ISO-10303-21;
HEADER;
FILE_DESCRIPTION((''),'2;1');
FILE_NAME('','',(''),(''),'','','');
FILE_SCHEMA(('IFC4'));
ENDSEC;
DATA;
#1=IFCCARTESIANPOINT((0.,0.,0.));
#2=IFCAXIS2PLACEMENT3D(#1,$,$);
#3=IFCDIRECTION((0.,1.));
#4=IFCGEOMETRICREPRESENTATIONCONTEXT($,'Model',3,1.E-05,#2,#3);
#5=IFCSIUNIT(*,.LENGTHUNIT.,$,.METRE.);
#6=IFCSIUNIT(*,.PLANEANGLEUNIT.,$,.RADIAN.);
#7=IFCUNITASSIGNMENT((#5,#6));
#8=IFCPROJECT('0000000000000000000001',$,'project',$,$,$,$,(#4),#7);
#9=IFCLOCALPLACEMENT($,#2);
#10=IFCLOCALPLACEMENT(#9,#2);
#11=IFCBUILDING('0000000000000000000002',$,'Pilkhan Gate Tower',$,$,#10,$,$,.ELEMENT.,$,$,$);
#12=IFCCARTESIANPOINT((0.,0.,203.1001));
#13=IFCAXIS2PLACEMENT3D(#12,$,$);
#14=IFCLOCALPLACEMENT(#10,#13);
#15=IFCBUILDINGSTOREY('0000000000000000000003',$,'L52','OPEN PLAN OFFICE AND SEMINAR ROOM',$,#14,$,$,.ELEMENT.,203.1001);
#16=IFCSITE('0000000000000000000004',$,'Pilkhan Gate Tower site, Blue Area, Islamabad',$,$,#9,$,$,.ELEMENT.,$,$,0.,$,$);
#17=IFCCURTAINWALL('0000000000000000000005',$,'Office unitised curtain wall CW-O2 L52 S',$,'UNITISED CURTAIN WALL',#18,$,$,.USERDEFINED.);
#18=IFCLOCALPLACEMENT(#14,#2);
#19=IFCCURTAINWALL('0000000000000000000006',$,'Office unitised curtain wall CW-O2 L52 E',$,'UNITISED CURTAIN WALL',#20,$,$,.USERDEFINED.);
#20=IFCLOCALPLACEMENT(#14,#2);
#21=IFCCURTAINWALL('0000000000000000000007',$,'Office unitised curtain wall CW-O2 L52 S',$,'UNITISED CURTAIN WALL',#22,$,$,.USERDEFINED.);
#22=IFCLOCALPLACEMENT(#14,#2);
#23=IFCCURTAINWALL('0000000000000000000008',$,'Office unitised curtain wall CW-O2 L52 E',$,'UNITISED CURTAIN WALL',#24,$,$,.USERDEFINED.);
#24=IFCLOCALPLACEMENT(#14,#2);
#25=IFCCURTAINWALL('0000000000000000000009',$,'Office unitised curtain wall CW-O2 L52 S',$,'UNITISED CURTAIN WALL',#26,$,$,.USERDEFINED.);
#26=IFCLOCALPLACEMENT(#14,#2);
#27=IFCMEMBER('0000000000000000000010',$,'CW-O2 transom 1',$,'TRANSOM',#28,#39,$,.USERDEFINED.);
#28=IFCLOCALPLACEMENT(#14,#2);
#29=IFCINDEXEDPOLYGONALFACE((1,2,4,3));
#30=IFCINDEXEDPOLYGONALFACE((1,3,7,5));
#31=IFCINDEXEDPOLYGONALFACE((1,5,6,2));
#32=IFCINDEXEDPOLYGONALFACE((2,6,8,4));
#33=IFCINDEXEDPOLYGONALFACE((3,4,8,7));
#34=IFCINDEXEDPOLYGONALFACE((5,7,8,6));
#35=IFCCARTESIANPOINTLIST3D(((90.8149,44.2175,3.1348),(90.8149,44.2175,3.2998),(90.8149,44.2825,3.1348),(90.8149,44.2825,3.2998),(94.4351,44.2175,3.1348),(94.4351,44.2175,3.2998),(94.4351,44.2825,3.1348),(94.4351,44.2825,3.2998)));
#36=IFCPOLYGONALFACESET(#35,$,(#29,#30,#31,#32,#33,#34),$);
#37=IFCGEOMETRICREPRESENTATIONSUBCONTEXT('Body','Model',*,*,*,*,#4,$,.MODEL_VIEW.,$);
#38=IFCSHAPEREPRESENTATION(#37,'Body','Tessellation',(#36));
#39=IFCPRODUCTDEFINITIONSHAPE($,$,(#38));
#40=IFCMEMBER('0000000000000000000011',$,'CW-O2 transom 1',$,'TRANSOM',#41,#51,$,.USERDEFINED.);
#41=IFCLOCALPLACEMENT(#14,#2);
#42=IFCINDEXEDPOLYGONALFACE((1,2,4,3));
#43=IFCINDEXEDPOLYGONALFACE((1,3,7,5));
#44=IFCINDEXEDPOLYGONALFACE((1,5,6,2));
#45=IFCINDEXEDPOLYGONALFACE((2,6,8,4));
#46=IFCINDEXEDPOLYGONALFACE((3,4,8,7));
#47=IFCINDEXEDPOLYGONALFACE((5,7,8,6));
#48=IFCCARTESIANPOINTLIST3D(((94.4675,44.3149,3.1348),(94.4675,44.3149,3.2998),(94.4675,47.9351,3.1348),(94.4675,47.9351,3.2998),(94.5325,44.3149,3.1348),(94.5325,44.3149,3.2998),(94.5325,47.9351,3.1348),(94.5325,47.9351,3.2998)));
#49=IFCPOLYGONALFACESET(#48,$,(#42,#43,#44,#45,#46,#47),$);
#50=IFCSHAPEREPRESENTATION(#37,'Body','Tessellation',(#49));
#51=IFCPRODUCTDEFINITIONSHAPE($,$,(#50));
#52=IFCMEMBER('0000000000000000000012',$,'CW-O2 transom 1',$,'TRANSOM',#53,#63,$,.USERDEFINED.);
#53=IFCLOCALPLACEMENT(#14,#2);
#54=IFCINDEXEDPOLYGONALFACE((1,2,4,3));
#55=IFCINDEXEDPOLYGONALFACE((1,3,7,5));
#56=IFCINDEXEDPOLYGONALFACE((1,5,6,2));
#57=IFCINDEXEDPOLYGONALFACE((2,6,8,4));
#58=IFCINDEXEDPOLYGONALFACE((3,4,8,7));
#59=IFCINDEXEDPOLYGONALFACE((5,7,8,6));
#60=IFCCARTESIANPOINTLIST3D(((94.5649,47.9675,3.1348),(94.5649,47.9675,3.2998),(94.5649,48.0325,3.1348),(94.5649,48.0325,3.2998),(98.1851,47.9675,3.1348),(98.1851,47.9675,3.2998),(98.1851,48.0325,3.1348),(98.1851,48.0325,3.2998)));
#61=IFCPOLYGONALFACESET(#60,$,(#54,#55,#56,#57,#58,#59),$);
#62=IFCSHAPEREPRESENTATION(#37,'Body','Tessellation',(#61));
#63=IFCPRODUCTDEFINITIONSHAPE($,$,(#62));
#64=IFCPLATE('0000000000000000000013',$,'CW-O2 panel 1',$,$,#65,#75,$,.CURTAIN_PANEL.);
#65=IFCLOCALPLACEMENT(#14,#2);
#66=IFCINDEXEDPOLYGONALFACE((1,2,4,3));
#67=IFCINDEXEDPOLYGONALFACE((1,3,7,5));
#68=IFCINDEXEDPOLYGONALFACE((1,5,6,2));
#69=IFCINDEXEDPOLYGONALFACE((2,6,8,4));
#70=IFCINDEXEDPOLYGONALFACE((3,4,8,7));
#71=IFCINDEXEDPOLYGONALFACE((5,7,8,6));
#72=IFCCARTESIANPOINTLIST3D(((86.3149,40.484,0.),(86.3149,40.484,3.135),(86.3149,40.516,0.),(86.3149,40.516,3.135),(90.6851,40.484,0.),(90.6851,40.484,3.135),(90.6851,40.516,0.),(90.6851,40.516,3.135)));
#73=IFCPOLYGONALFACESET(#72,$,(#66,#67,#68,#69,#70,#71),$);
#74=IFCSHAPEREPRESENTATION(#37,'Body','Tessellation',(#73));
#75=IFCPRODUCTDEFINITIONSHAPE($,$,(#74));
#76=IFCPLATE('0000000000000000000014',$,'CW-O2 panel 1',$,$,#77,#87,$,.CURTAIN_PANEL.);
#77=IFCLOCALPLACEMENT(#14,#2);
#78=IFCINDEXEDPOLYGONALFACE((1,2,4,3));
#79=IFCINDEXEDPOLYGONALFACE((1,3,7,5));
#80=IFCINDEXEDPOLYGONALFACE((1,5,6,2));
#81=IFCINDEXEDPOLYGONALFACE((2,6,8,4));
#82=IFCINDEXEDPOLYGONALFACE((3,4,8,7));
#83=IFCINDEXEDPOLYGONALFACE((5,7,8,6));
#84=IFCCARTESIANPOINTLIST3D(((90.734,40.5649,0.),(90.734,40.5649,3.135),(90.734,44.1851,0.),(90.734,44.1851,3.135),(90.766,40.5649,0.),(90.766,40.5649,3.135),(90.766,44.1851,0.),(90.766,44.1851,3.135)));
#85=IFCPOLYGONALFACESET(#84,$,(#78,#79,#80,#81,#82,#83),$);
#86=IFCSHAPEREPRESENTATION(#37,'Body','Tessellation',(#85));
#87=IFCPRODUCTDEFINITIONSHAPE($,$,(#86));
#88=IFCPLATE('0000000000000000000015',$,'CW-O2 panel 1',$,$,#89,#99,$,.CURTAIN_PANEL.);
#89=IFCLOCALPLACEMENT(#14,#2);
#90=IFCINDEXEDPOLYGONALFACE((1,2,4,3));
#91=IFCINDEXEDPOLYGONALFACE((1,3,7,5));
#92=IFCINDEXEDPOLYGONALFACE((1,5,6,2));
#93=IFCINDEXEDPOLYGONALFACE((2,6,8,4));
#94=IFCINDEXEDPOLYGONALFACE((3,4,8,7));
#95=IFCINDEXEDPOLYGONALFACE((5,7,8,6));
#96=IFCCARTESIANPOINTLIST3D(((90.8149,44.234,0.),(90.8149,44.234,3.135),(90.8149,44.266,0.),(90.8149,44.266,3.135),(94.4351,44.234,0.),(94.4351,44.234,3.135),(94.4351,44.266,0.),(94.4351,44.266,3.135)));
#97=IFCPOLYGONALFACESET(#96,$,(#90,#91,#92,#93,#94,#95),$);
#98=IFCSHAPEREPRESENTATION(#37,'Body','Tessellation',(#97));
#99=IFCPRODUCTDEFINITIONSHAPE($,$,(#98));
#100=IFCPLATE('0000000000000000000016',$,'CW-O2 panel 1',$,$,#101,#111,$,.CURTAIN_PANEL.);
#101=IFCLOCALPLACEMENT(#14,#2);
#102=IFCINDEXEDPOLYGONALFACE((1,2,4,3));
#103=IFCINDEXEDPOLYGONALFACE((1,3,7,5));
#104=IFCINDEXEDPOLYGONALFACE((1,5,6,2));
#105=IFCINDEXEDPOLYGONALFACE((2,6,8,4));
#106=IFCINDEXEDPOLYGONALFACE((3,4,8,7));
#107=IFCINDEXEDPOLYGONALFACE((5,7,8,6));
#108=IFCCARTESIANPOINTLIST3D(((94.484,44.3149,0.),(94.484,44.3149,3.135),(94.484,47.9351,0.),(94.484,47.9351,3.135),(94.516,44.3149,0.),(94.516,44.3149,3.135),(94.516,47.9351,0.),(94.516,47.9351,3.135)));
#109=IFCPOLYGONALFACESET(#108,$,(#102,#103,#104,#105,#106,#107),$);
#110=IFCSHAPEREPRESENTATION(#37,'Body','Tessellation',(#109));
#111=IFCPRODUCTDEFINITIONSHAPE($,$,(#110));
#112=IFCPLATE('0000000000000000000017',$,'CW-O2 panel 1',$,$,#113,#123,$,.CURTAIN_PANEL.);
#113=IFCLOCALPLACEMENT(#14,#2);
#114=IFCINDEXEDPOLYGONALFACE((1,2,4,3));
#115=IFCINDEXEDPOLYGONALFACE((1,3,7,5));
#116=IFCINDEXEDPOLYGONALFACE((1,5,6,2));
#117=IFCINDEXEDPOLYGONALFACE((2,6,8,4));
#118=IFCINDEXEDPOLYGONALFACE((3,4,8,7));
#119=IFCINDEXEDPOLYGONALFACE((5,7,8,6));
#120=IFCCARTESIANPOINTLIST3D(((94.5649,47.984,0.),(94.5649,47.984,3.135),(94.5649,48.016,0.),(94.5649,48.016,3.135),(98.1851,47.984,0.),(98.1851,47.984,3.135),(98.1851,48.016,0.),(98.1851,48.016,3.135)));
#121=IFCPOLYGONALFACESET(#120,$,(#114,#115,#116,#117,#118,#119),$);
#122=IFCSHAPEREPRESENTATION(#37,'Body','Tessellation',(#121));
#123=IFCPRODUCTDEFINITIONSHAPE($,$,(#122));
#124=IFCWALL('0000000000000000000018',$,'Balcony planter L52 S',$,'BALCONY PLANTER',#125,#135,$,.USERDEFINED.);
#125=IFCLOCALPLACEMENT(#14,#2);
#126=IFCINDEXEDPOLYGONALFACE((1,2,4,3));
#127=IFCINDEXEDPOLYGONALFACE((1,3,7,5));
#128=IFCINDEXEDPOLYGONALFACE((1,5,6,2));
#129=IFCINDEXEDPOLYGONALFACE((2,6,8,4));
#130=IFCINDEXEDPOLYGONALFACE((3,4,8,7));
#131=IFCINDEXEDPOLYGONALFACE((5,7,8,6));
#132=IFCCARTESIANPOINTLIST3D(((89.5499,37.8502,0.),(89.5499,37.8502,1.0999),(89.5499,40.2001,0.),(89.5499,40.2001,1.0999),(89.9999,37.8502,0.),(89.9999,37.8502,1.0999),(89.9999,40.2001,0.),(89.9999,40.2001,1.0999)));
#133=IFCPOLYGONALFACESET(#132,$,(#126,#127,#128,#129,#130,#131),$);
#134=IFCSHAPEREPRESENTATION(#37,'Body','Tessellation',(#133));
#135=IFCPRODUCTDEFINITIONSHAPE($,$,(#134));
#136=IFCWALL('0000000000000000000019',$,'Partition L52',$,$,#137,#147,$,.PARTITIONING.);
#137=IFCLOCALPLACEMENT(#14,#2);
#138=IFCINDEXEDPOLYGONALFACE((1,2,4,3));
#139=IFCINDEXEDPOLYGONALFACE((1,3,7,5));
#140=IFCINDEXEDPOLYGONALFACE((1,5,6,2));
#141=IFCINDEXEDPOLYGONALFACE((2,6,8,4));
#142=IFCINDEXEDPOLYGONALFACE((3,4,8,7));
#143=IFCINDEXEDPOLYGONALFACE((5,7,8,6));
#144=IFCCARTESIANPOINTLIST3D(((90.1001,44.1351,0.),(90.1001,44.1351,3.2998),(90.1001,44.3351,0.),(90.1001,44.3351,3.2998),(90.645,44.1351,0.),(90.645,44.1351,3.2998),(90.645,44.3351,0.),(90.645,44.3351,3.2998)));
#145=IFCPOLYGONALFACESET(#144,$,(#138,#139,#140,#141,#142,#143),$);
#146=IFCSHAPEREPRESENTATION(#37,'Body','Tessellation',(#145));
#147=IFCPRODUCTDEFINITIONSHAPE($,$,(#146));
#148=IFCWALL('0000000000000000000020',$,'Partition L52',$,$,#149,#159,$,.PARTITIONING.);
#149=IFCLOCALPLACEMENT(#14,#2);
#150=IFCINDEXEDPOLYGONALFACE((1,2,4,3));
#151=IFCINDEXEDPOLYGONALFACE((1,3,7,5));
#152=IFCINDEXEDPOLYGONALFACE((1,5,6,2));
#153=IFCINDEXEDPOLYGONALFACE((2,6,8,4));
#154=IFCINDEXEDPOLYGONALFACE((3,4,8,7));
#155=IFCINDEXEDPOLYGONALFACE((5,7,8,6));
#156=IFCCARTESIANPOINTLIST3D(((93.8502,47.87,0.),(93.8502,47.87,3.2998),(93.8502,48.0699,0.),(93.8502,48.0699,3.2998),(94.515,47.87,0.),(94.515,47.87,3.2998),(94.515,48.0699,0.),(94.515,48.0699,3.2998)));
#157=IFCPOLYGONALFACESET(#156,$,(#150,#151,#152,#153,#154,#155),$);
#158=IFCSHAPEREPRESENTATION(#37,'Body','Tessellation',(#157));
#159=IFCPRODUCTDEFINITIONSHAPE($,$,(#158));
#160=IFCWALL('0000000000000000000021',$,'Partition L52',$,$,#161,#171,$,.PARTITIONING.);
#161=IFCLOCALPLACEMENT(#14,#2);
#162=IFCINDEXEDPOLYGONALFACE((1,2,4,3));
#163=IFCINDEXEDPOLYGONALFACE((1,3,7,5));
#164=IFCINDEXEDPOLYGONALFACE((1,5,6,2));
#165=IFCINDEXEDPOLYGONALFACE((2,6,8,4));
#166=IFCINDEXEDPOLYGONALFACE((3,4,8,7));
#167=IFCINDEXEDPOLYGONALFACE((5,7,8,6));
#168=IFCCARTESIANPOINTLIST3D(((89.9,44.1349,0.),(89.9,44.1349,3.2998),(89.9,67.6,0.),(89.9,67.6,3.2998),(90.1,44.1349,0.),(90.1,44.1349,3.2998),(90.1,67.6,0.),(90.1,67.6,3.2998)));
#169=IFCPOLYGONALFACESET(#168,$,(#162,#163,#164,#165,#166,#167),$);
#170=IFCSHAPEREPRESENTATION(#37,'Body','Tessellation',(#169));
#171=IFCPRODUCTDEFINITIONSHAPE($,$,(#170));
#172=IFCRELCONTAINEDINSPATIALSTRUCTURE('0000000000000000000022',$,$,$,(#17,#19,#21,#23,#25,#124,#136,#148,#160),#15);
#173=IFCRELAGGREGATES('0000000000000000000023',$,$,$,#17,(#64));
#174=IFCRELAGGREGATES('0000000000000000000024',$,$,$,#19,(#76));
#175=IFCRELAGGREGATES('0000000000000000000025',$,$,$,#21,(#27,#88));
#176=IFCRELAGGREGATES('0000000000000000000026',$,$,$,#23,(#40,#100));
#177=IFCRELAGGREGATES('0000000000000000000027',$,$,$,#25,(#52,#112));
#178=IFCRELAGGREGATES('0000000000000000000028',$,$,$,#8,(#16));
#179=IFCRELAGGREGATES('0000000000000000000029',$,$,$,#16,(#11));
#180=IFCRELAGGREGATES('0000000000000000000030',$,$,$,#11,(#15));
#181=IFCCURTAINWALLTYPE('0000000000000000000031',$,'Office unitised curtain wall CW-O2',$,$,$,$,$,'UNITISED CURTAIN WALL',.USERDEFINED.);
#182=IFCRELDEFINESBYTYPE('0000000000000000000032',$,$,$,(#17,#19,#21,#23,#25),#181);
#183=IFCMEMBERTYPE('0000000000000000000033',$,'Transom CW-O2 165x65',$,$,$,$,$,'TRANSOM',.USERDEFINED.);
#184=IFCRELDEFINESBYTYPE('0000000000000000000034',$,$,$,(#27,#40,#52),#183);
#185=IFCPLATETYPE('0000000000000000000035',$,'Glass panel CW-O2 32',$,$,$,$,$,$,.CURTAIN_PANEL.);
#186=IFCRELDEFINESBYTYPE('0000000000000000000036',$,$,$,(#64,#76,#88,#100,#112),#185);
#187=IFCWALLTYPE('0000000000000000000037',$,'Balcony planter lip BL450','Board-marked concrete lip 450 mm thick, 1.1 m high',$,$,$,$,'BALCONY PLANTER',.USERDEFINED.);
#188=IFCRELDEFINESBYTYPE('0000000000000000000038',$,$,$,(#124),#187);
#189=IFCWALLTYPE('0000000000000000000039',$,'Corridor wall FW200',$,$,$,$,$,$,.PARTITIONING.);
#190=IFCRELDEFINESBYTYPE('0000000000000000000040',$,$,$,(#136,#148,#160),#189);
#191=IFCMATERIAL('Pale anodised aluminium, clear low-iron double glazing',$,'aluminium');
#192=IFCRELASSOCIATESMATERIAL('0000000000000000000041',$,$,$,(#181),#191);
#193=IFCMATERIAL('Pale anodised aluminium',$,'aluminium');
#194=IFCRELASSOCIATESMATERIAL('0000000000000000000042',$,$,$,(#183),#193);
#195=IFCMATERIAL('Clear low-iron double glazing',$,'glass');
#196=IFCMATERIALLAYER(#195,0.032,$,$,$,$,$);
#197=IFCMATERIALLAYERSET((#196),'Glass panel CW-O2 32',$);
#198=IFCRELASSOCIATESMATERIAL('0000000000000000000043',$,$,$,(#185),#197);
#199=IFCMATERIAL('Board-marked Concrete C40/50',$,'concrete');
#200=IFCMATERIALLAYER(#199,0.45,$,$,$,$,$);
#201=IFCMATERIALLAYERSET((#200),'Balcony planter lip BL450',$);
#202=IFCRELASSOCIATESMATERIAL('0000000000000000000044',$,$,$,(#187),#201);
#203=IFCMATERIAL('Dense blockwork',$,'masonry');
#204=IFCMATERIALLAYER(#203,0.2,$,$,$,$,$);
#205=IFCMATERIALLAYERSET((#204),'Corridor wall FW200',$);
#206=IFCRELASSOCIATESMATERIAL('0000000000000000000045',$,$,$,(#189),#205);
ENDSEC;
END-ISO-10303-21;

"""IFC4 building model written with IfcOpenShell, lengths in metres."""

from ifc_helpers import new_model, si_unit, direction, frame, frame_2d, origin, origin_2d, place, context, subcontext, project, spatial, rectangle, extrude, material, layer, layer_set, material_profile, profile_set, type_object, element, aggregate, save


model = new_model("IFC4")

# Units and contexts
model_context = context("Model", 3, precision=1e-05, world=origin(), true_north=direction((0.0, 1.0)))
body_context = subcontext(model_context, "Body", "Model", "MODEL_VIEW")
ifc_project = project(units=[si_unit("LENGTHUNIT", "METRE"), si_unit("PLANEANGLEUNIT", "RADIAN")], contexts=[model_context])

# Site, building, storey
site_placement = place(None, origin())
site = spatial("IfcSite", under=ifc_project, at=site_placement, Name="Pilkhan Gate Tower site, Blue Area, Islamabad", CompositionType="ELEMENT", RefElevation=0.0)
building_placement = place(site_placement, origin())
building = spatial("IfcBuilding", under=site, at=building_placement, Name="Pilkhan Gate Tower", CompositionType="ELEMENT")
storey_placement = place(building_placement, frame((0.0, 0.0, 203.1001)))
storey = spatial("IfcBuildingStorey", under=building, at=storey_placement, Name="L52", Description="OPEN PLAN OFFICE AND SEMINAR ROOM", CompositionType="ELEMENT", Elevation=203.1001)

# Curtain wall
ifc_material_1 = material(Name="Pale anodised aluminium, clear low-iron double glazing", Category="aluminium")
curtain_wall_type = type_object("IfcCurtainWallType", Name="Office unitised curtain wall CW-O2", ElementType="UNITISED CURTAIN WALL", PredefinedType="USERDEFINED", material=ifc_material_1)
curtain_wall_1_placement = place(storey_placement, origin())
curtain_wall_1 = element("IfcCurtainWall", 1, at=curtain_wall_1_placement, inside=storey, type_object=curtain_wall_type, Name="Office unitised curtain wall CW-O2 L52 S", ObjectType="UNITISED CURTAIN WALL", PredefinedType="USERDEFINED")
ifc_material_2 = material(Name="Pale anodised aluminium", Category="aluminium")

# Curtain walls
curtain_wall_2_placement = place(storey_placement, origin())
curtain_wall_2 = element("IfcCurtainWall", 2, at=curtain_wall_2_placement, inside=storey, type_object=curtain_wall_type, Name="Office unitised curtain wall CW-O2 L52 E", ObjectType="UNITISED CURTAIN WALL", PredefinedType="USERDEFINED")
curtain_wall_3_placement = place(storey_placement, origin())
curtain_wall_3 = element("IfcCurtainWall", 3, at=curtain_wall_3_placement, inside=storey, type_object=curtain_wall_type, Name="Office unitised curtain wall CW-O2 L52 S", ObjectType="UNITISED CURTAIN WALL", PredefinedType="USERDEFINED")
curtain_wall_4_placement = place(storey_placement, origin())
curtain_wall_4 = element("IfcCurtainWall", 4, at=curtain_wall_4_placement, inside=storey, type_object=curtain_wall_type, Name="Office unitised curtain wall CW-O2 L52 E", ObjectType="UNITISED CURTAIN WALL", PredefinedType="USERDEFINED")
curtain_wall_5_placement = place(storey_placement, origin())
curtain_wall_5 = element("IfcCurtainWall", 5, at=curtain_wall_5_placement, inside=storey, type_object=curtain_wall_type, Name="Office unitised curtain wall CW-O2 L52 S", ObjectType="UNITISED CURTAIN WALL", PredefinedType="USERDEFINED")

# Members
ifc_material_profile_1 = material_profile(ifc_material_2, rectangle(XDim=0.0649, YDim=0.165, at=origin_2d()), Name="Transom 165x65")
ifc_profile_set_1 = profile_set([ifc_material_profile_1], Name="Pale anodised aluminium")
member_type_1 = type_object("IfcMemberType", Name="Transom CW-O2 165x65", ElementType="TRANSOM", PredefinedType="USERDEFINED", material=ifc_profile_set_1)
member_1_placement = place(storey_placement, frame((90.8149, 44.25, 3.2173), z_axis=(1.0, 0.0, 0.0), x_axis=(0.0, 1.0, 0.0)))
member_1 = element("IfcMember", 6, at=member_1_placement, type_object=member_type_1, Name="CW-O2 transom 1", ObjectType="TRANSOM", PredefinedType="USERDEFINED", context=body_context, shape_type="SweptSolid", body=[
    extrude(rectangle(XDim=0.0649, YDim=0.165, at=origin_2d()), origin(), (0.0, 0.0, 1.0), 3.6201),
])
member_2_placement = place(storey_placement, frame((94.5, 44.3149, 3.2173), z_axis=(0.0, 1.0, 0.0), x_axis=(-1.0, 0.0, 0.0)))
member_2 = element("IfcMember", 7, at=member_2_placement, type_object=member_type_1, Name="CW-O2 transom 1", ObjectType="TRANSOM", PredefinedType="USERDEFINED", context=body_context, shape_type="SweptSolid", body=[
    extrude(rectangle(XDim=0.0649, YDim=0.165, at=origin_2d()), origin(), (0.0, 0.0, 1.0), 3.6201),
])
member_3_placement = place(storey_placement, frame((94.5649, 48.0, 3.2173), z_axis=(1.0, 0.0, 0.0), x_axis=(0.0, 1.0, 0.0)))
member_3 = element("IfcMember", 8, at=member_3_placement, type_object=member_type_1, Name="CW-O2 transom 1", ObjectType="TRANSOM", PredefinedType="USERDEFINED", context=body_context, shape_type="SweptSolid", body=[
    extrude(rectangle(XDim=0.0649, YDim=0.165, at=origin_2d()), origin(), (0.0, 0.0, 1.0), 3.6201),
])

# Plates
ifc_material_3 = material(Name="Clear low-iron double glazing", Category="glass")
ifc_layer_1 = layer(ifc_material_3, 0.032)
ifc_layer_set_1 = layer_set([ifc_layer_1], Name="Glass panel CW-O2 32")
plate_type = type_object("IfcPlateType", Name="Glass panel CW-O2 32", PredefinedType="CURTAIN_PANEL", material=ifc_layer_set_1)
plate_1_placement = place(storey_placement, frame((88.5, 40.5, 0.0), z_axis=(0.0, 0.0, 1.0), x_axis=(1.0, 0.0, 0.0)))
plate_1 = element("IfcPlate", 9, at=plate_1_placement, type_object=plate_type, Name="CW-O2 panel 1", PredefinedType="CURTAIN_PANEL", context=body_context, shape_type="SweptSolid", body=[
    extrude(rectangle(XDim=4.3701, YDim=0.032, at=origin_2d()), origin(), (0.0, 0.0, 1.0), 3.135),
])
aggregate(curtain_wall_1, [plate_1])
plate_2_placement = place(storey_placement, frame((90.75, 42.375, 0.0), z_axis=(0.0, 0.0, 1.0), x_axis=(0.0, 1.0, 0.0)))
plate_2 = element("IfcPlate", 10, at=plate_2_placement, type_object=plate_type, Name="CW-O2 panel 1", PredefinedType="CURTAIN_PANEL", context=body_context, shape_type="SweptSolid", body=[
    extrude(rectangle(XDim=3.6201, YDim=0.032, at=origin_2d()), origin(), (0.0, 0.0, 1.0), 3.135),
])
aggregate(curtain_wall_2, [plate_2])
plate_3_placement = place(storey_placement, frame((92.625, 44.25, 0.0), z_axis=(0.0, 0.0, 1.0), x_axis=(1.0, 0.0, 0.0)))
plate_3 = element("IfcPlate", 11, at=plate_3_placement, type_object=plate_type, Name="CW-O2 panel 1", PredefinedType="CURTAIN_PANEL", context=body_context, shape_type="SweptSolid", body=[
    extrude(rectangle(XDim=3.6201, YDim=0.032, at=origin_2d()), origin(), (0.0, 0.0, 1.0), 3.135),
])
aggregate(curtain_wall_3, [member_1, plate_3])
plate_4_placement = place(storey_placement, frame((94.5, 46.125, 0.0), z_axis=(0.0, 0.0, 1.0), x_axis=(0.0, 1.0, 0.0)))
plate_4 = element("IfcPlate", 12, at=plate_4_placement, type_object=plate_type, Name="CW-O2 panel 1", PredefinedType="CURTAIN_PANEL", context=body_context, shape_type="SweptSolid", body=[
    extrude(rectangle(XDim=3.6201, YDim=0.032, at=origin_2d()), origin(), (0.0, 0.0, 1.0), 3.135),
])
aggregate(curtain_wall_4, [member_2, plate_4])
plate_5_placement = place(storey_placement, frame((96.375, 48.0, 0.0), z_axis=(0.0, 0.0, 1.0), x_axis=(1.0, 0.0, 0.0)))
plate_5 = element("IfcPlate", 13, at=plate_5_placement, type_object=plate_type, Name="CW-O2 panel 1", PredefinedType="CURTAIN_PANEL", context=body_context, shape_type="SweptSolid", body=[
    extrude(rectangle(XDim=3.6201, YDim=0.032, at=origin_2d()), origin(), (0.0, 0.0, 1.0), 3.135),
])
aggregate(curtain_wall_5, [member_3, plate_5])

# Walls
ifc_material_4 = material(Name="Board-marked Concrete C40/50", Category="concrete")
ifc_layer_2 = layer(ifc_material_4, 0.45)
ifc_layer_set_2 = layer_set([ifc_layer_2], Name="Balcony planter lip BL450")
wall_type_1 = type_object("IfcWallType", Name="Balcony planter lip BL450", Description="Board-marked concrete lip 450 mm thick, 1.1 m high", ElementType="BALCONY PLANTER", PredefinedType="USERDEFINED", material=ifc_layer_set_2)
wall_1_placement = place(storey_placement, frame((89.7749, 40.2, 0.0), z_axis=(0.0, 0.0, 1.0), x_axis=(0.0, -1.0, 0.0)))
element("IfcWall", 14, at=wall_1_placement, inside=storey, type_object=wall_type_1, Name="Balcony planter L52 S", ObjectType="BALCONY PLANTER", PredefinedType="USERDEFINED", context=body_context, shape_type="SweptSolid", body=[
    extrude(rectangle(XDim=2.3499, YDim=0.45, at=frame_2d((1.1748, 0.0))), origin(), (0.0, 0.0, 1.0), 1.0999),
])
ifc_material_5 = material(Name="Dense blockwork", Category="masonry")
ifc_layer_3 = layer(ifc_material_5, 0.2)
ifc_layer_set_3 = layer_set([ifc_layer_3], Name="Corridor wall FW200")
wall_type_2 = type_object("IfcWallType", Name="Corridor wall FW200", PredefinedType="PARTITIONING", material=ifc_layer_set_3)
wall_2_placement = place(storey_placement, frame((90.1001, 44.2351, 0.0), z_axis=(0.0, 0.0, 1.0), x_axis=(1.0, 0.0, 0.0)))
element("IfcWall", 15, at=wall_2_placement, inside=storey, type_object=wall_type_2, Name="Partition L52", PredefinedType="PARTITIONING", context=body_context, shape_type="SweptSolid", body=[
    extrude(rectangle(XDim=0.5449, YDim=0.2, at=frame_2d((0.2725, 0.0))), origin(), (0.0, 0.0, 1.0), 3.2998),
])
wall_3_placement = place(storey_placement, frame((93.8501, 47.97, 0.0), z_axis=(0.0, 0.0, 1.0), x_axis=(1.0, 0.0, 0.0)))
element("IfcWall", 16, at=wall_3_placement, inside=storey, type_object=wall_type_2, Name="Partition L52", PredefinedType="PARTITIONING", context=body_context, shape_type="SweptSolid", body=[
    extrude(rectangle(XDim=0.6648, YDim=0.2, at=frame_2d((0.3325, 0.0))), origin(), (0.0, 0.0, 1.0), 3.2998),
])
wall_4_placement = place(storey_placement, frame((90.0, 44.135, 0.0), z_axis=(0.0, 0.0, 1.0), x_axis=(0.0, 1.0, 0.0)))
element("IfcWall", 17, at=wall_4_placement, inside=storey, type_object=wall_type_2, Name="Partition L52", PredefinedType="PARTITIONING", context=body_context, shape_type="SweptSolid", body=[
    extrude(rectangle(XDim=23.4651, YDim=0.2, at=frame_2d((11.7324, 0.0))), origin(), (0.0, 0.0, 1.0), 3.2998),
])

save(model, "model.ifc")
